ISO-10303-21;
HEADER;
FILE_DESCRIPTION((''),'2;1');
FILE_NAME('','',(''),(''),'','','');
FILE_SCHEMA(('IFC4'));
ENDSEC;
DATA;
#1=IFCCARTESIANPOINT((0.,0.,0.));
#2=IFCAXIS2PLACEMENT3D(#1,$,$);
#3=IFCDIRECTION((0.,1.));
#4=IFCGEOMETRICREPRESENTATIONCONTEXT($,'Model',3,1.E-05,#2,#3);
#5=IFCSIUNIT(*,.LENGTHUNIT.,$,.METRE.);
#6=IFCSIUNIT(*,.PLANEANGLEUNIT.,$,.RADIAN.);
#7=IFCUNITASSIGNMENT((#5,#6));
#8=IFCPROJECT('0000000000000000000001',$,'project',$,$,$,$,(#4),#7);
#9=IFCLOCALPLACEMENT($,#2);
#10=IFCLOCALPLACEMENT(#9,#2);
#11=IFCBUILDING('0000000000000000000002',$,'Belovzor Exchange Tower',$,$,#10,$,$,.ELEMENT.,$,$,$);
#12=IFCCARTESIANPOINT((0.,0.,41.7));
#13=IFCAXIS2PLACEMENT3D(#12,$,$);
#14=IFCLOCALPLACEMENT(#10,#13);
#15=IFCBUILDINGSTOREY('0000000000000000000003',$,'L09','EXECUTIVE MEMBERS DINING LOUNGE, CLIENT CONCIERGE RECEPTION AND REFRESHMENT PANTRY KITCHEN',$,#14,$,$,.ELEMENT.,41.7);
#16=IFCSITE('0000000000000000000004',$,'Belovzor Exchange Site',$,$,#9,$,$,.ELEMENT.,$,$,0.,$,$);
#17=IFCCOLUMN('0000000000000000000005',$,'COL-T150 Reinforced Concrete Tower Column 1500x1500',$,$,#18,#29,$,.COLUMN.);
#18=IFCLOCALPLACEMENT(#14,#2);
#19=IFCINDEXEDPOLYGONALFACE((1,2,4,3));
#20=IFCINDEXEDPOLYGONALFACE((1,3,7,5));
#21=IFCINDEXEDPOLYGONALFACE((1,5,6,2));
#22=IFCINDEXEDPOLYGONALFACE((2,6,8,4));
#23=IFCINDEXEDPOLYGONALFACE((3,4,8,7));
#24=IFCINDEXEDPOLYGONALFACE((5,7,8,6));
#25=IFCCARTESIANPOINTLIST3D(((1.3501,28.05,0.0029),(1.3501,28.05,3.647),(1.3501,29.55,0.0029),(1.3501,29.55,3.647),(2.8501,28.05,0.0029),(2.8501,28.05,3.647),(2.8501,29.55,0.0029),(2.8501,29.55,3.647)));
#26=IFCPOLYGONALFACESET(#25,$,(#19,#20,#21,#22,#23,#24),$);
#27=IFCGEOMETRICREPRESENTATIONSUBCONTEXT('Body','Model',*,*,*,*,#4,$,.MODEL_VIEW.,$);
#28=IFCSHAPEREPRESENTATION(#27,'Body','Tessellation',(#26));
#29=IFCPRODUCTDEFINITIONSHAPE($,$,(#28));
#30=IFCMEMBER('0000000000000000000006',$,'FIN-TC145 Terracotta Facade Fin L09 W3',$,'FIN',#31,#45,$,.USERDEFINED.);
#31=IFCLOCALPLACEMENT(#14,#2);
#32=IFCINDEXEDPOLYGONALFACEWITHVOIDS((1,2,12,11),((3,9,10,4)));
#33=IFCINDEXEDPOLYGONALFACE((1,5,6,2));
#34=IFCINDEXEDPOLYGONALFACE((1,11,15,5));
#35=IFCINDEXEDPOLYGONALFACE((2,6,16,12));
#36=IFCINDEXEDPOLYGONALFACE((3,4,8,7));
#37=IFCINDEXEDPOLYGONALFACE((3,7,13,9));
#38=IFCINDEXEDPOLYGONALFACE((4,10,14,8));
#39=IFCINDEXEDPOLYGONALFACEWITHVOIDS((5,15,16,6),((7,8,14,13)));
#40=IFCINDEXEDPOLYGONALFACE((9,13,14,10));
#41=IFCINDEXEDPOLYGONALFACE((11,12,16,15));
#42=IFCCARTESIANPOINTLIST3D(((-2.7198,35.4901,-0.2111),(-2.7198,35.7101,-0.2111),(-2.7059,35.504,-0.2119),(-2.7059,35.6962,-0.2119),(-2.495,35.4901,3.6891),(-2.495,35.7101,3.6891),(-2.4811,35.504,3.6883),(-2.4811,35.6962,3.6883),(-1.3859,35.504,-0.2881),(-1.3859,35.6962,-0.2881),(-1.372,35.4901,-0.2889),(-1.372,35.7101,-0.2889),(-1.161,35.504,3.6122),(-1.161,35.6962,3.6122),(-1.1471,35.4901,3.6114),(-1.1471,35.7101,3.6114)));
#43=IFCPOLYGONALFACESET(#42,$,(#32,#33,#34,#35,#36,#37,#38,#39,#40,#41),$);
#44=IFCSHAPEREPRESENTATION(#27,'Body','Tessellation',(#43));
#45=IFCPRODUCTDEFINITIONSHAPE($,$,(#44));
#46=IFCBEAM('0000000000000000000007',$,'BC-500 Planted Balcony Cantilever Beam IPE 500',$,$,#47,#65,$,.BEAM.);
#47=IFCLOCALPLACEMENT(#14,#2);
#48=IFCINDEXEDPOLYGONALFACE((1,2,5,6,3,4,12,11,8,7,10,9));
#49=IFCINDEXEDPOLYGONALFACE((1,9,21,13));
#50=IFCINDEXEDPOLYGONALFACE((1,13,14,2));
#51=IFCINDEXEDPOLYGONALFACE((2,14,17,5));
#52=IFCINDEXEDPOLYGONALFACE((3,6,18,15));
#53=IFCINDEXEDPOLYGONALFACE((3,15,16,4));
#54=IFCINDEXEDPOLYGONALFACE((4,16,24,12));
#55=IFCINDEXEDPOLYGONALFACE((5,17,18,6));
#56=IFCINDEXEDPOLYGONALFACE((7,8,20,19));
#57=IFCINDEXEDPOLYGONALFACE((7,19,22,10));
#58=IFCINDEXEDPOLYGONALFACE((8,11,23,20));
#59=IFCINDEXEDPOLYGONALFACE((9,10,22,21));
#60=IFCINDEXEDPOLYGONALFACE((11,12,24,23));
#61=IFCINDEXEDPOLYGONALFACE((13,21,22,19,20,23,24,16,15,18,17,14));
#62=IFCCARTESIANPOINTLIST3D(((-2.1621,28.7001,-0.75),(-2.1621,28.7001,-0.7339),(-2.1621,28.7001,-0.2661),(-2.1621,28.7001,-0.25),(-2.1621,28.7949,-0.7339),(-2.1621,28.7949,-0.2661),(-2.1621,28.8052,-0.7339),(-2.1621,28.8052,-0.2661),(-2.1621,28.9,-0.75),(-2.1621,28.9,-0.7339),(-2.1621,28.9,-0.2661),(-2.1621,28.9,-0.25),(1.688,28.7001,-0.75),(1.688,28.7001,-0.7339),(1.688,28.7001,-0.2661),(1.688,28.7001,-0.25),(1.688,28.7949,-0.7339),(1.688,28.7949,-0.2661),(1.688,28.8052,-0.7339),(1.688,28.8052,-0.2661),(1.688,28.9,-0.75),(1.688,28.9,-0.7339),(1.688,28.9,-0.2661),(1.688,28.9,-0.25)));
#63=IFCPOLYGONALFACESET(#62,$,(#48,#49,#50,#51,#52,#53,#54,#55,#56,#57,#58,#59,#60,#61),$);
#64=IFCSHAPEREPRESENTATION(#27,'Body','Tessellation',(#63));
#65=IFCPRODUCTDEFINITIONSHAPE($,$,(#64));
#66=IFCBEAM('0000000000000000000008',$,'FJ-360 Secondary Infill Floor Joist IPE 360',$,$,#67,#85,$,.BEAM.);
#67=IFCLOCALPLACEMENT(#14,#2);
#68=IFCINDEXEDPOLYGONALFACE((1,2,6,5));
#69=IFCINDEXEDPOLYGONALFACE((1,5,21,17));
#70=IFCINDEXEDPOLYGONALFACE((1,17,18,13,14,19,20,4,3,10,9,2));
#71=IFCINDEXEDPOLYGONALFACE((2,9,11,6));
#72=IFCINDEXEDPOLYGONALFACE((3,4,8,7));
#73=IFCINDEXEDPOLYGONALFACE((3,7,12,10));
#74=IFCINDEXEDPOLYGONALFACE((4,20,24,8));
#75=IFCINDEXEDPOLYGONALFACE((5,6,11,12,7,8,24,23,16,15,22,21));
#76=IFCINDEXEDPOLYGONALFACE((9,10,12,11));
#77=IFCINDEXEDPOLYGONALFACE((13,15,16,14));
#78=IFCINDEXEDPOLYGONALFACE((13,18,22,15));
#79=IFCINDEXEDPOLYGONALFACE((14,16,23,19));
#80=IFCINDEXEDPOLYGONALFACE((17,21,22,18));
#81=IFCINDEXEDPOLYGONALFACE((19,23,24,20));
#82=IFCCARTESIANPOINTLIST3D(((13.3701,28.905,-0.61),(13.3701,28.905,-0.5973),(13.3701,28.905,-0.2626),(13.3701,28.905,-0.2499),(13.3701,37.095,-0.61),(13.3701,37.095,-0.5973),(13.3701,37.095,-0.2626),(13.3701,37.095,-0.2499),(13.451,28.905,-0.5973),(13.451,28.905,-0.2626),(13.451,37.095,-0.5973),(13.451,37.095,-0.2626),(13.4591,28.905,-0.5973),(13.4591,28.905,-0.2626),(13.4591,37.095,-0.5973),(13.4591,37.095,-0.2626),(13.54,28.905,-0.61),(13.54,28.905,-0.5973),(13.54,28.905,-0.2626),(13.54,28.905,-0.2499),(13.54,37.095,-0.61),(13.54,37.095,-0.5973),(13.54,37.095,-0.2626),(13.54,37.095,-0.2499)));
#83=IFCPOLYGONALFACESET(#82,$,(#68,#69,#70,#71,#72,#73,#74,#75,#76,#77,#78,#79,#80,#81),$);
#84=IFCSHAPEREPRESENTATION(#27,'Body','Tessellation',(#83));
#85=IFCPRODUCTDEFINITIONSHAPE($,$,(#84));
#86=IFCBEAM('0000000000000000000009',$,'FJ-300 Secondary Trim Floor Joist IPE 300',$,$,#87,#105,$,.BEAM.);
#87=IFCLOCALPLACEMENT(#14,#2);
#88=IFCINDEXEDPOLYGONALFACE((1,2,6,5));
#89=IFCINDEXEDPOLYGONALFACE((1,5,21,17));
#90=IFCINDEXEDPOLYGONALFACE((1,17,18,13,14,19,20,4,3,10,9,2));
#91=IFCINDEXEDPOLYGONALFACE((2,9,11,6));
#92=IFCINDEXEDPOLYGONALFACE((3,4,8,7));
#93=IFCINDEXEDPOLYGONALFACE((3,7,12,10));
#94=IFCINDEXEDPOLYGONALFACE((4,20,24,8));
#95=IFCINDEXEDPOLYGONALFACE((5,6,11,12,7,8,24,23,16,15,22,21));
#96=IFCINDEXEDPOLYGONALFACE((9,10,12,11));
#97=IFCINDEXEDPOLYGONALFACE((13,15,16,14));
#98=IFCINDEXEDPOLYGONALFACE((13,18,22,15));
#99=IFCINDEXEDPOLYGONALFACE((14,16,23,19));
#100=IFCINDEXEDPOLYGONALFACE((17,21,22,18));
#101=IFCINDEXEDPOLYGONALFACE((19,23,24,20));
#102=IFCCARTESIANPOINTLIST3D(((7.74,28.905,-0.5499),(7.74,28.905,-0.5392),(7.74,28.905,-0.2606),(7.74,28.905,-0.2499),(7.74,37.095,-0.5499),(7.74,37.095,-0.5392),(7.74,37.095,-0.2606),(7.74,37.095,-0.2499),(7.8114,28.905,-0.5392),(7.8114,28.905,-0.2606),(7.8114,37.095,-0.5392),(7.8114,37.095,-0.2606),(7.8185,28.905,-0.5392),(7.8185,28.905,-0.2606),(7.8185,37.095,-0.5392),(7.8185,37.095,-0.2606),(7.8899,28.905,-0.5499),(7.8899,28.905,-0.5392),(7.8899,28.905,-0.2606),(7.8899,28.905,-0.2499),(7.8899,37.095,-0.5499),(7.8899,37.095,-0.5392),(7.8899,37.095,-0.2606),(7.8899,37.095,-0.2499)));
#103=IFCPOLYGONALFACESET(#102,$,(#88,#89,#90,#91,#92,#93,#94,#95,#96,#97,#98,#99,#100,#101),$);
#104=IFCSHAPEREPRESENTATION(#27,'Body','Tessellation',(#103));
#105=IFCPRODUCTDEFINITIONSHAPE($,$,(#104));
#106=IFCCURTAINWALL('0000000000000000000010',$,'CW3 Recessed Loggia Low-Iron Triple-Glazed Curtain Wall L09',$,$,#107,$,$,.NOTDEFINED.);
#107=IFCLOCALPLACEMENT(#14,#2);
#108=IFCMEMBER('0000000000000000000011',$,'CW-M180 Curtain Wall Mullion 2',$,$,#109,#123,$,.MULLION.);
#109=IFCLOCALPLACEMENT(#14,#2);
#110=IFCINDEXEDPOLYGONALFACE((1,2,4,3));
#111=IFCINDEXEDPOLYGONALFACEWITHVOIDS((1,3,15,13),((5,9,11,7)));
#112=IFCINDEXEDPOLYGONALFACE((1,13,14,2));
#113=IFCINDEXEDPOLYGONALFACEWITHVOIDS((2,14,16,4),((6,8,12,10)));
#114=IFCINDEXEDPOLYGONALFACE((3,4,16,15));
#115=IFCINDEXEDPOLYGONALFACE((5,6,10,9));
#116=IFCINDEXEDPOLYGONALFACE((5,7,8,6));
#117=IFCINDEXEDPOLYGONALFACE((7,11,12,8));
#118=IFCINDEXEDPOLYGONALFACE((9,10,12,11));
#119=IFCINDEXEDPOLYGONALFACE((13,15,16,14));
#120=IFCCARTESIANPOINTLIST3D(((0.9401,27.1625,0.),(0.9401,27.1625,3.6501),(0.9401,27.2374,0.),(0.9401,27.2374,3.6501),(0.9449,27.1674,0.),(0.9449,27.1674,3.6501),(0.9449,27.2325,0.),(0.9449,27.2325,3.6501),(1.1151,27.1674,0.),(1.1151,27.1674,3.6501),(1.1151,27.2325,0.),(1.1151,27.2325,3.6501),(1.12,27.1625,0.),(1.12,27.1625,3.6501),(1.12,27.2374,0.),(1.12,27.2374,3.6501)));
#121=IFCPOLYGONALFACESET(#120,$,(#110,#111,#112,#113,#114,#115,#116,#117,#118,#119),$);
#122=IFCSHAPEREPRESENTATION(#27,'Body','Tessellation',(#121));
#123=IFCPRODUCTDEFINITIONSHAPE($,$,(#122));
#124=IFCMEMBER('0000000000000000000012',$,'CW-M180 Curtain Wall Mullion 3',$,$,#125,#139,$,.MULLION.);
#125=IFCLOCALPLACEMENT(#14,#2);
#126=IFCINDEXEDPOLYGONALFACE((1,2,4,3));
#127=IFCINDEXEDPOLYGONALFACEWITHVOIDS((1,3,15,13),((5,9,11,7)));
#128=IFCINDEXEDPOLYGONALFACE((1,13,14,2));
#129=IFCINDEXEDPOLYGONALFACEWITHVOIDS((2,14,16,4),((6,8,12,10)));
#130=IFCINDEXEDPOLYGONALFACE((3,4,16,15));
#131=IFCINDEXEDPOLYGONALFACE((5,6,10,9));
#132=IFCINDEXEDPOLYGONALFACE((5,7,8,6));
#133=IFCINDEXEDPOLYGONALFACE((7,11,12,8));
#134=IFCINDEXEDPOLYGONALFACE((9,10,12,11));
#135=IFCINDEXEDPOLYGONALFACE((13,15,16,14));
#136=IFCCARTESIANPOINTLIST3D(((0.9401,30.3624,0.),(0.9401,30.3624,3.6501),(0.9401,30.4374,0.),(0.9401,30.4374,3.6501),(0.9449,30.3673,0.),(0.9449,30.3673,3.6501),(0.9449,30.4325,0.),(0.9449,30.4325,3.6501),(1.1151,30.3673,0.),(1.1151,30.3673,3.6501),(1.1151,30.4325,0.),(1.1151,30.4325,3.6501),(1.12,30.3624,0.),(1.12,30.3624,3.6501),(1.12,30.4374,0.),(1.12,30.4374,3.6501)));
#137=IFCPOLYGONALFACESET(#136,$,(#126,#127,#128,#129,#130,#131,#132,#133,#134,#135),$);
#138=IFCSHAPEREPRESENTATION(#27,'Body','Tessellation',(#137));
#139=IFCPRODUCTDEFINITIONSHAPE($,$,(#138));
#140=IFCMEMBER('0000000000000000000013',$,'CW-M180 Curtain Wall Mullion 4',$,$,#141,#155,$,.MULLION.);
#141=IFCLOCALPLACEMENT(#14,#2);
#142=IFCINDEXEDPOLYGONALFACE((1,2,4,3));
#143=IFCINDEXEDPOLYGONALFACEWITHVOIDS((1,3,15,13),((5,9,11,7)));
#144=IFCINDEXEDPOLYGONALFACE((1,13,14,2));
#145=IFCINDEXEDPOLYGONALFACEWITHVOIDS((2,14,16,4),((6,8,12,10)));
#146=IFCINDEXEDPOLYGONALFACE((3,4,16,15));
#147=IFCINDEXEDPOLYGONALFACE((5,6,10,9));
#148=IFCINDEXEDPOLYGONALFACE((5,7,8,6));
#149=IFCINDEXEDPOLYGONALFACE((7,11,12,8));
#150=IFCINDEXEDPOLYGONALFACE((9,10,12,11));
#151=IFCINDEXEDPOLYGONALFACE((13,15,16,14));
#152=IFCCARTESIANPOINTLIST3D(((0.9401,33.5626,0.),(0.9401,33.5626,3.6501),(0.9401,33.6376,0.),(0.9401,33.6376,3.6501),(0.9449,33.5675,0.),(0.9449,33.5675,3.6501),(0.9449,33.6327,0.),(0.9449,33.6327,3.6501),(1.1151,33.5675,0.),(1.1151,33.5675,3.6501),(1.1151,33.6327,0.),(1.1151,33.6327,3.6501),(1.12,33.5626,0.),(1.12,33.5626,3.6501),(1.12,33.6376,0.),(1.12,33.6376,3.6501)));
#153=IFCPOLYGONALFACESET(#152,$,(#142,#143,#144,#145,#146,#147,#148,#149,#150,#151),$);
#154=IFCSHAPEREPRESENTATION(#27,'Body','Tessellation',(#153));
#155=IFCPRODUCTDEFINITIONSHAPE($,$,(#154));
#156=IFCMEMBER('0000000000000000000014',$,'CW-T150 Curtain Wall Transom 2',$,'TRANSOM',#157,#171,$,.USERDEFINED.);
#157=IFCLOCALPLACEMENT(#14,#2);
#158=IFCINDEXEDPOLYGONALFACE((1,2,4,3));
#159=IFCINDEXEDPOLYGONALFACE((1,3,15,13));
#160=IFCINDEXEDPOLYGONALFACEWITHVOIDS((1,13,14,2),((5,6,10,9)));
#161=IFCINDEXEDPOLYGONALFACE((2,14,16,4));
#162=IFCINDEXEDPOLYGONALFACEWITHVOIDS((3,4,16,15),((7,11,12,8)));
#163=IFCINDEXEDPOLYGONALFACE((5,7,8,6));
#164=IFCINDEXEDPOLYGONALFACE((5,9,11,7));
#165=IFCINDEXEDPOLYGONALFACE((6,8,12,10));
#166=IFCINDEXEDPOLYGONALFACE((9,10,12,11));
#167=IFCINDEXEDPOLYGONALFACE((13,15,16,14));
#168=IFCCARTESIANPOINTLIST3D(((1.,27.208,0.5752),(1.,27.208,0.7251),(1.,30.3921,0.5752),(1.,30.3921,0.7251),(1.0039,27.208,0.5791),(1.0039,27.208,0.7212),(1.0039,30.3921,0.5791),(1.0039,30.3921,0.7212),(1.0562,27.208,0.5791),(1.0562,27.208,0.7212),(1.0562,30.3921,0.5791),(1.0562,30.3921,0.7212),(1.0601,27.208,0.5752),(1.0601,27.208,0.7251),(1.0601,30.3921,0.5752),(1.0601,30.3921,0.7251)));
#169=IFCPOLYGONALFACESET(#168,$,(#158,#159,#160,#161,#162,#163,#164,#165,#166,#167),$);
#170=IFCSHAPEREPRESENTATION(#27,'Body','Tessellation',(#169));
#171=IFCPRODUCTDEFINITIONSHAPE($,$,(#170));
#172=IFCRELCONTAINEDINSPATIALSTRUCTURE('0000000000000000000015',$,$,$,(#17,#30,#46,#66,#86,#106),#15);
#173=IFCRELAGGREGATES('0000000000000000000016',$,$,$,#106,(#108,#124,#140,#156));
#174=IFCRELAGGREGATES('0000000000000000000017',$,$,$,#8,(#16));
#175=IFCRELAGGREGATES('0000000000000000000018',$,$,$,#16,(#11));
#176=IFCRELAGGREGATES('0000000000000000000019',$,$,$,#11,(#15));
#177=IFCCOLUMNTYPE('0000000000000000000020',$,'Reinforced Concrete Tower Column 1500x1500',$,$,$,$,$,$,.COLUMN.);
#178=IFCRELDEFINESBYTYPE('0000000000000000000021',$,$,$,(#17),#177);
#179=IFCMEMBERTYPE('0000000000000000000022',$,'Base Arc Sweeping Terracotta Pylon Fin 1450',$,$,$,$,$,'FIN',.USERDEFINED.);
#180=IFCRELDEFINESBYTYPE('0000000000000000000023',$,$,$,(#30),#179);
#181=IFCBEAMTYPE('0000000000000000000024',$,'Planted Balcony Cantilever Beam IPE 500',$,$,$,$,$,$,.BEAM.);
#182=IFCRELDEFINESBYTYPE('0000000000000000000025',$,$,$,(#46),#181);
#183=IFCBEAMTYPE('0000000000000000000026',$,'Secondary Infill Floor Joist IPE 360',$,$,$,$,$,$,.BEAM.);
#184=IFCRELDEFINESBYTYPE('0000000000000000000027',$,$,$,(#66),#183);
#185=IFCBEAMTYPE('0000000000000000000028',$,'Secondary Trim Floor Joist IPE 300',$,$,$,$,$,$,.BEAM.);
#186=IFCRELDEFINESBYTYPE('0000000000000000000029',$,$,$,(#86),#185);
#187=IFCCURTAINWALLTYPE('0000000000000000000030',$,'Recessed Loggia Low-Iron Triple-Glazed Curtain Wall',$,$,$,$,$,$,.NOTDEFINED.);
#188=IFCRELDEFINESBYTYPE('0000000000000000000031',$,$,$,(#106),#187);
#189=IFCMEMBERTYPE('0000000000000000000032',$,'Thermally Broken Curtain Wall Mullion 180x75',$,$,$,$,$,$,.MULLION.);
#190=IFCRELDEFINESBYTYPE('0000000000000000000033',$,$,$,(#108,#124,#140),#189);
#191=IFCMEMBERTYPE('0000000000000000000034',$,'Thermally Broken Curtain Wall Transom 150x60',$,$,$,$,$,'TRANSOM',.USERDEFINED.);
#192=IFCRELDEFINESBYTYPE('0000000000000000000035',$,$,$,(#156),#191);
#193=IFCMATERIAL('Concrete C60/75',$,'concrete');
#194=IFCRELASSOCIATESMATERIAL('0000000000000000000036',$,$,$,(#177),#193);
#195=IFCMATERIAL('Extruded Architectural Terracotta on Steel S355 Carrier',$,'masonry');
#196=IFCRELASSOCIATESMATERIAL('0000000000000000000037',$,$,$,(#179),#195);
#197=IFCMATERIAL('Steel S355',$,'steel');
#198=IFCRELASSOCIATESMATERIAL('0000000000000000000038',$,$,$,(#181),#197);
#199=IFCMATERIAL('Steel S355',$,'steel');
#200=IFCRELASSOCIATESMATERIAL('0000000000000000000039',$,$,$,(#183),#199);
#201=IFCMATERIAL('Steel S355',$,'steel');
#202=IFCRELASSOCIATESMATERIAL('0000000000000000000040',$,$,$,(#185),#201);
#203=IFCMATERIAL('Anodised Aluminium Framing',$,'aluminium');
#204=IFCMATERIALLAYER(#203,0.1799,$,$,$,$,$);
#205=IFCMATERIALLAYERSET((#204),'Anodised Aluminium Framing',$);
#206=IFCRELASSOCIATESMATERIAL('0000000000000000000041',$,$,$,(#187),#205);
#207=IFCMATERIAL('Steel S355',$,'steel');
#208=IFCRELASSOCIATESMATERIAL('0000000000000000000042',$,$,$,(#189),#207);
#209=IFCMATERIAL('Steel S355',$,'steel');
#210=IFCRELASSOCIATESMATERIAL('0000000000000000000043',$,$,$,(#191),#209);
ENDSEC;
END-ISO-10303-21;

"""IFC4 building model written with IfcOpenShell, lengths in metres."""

from ifc_helpers import new_model, si_unit, direction, frame, origin, origin_2d, place, context, subcontext, project, spatial, rectangle, hollow_rectangle, i_section, extrude, material, layer, layer_set, material_profile, profile_set, type_object, element, aggregate, save


model = new_model("IFC4")

# Units and contexts
model_context = context("Model", 3, precision=1e-05, world=origin(), true_north=direction((0.0, 1.0)))
body_context = subcontext(model_context, "Body", "Model", "MODEL_VIEW")
ifc_project = project(units=[si_unit("LENGTHUNIT", "METRE"), si_unit("PLANEANGLEUNIT", "RADIAN")], contexts=[model_context])

# Site, building, storey
site_placement = place(None, origin())
site = spatial("IfcSite", under=ifc_project, at=site_placement, Name="Belovzor Exchange Site", CompositionType="ELEMENT", RefElevation=0.0)
building_placement = place(site_placement, origin())
building = spatial("IfcBuilding", under=site, at=building_placement, Name="Belovzor Exchange Tower", CompositionType="ELEMENT")
storey_placement = place(building_placement, frame((0.0, 0.0, 41.7)))
storey = spatial("IfcBuildingStorey", under=building, at=storey_placement, Name="L09", Description="EXECUTIVE MEMBERS DINING LOUNGE, CLIENT CONCIERGE RECEPTION AND REFRESHMENT PANTRY KITCHEN", CompositionType="ELEMENT", Elevation=41.7)

# Column
ifc_material_1 = material(Name="Concrete C60/75", Category="concrete")
ifc_material_profile_1 = material_profile(ifc_material_1, rectangle(XDim=1.5, YDim=1.5, at=origin_2d()))
ifc_profile_set_1 = profile_set([ifc_material_profile_1], Name="Concrete C60/75")
column_type = type_object("IfcColumnType", Name="Reinforced Concrete Tower Column 1500x1500", PredefinedType="COLUMN", material=ifc_profile_set_1)
column_placement = place(storey_placement, frame((2.1001, 28.8, 0.0029), z_axis=(0.0, 0.0, 1.0), x_axis=(1.0, 0.0, 0.0)))
element("IfcColumn", 1, at=column_placement, inside=storey, type_object=column_type, Name="COL-T150 Reinforced Concrete Tower Column 1500x1500", PredefinedType="COLUMN", context=body_context, shape_type="SweptSolid", body=[
    extrude(rectangle(XDim=1.5, YDim=1.5, at=origin_2d()), origin(), (0.0, 0.0, 1.0), 3.644),
])

# Member
ifc_material_2 = material(Name="Extruded Architectural Terracotta on Steel S355 Carrier", Category="masonry")
ifc_material_profile_2 = material_profile(ifc_material_2, hollow_rectangle(XDim=0.22, YDim=1.3501, WallThickness=0.0139, at=origin_2d()))
ifc_profile_set_2 = profile_set([ifc_material_profile_2], Name="Extruded Architectural Terracotta on Steel S355 Carrier")
member_type_1 = type_object("IfcMemberType", Name="Base Arc Sweeping Terracotta Pylon Fin 1450", ElementType="FIN", PredefinedType="USERDEFINED", material=ifc_profile_set_2)
member_1_placement = place(storey_placement, frame((-2.0459, 35.6001, -0.25), z_axis=(0.057557, 0.0, 0.998342), x_axis=(0.0, 1.0, 0.0)))
element("IfcMember", 2, at=member_1_placement, inside=storey, type_object=member_type_1, Name="FIN-TC145 Terracotta Facade Fin L09 W3", ObjectType="FIN", PredefinedType="USERDEFINED", context=body_context, shape_type="SweptSolid", body=[
    extrude(hollow_rectangle(XDim=0.22, YDim=1.3501, WallThickness=0.0139, at=origin_2d()), origin(), (0.0, 0.0, 1.0), 3.9067),
])

# Beams
ifc_material_3 = material(Name="Steel S355", Category="steel")
ifc_material_profile_3 = material_profile(ifc_material_3, i_section(OverallWidth=0.2, OverallDepth=0.5, WebThickness=0.0103, FlangeThickness=0.0161, at=origin_2d()))
ifc_profile_set_3 = profile_set([ifc_material_profile_3], Name="Steel S355")
beam_type_1 = type_object("IfcBeamType", Name="Planted Balcony Cantilever Beam IPE 500", PredefinedType="BEAM", material=ifc_profile_set_3)
beam_1_placement = place(storey_placement, frame((1.688, 28.8, -0.5), z_axis=(-1.0, 0.0, 0.0), x_axis=(0.0, -1.0, 0.0)))
element("IfcBeam", 3, at=beam_1_placement, inside=storey, type_object=beam_type_1, Name="BC-500 Planted Balcony Cantilever Beam IPE 500", PredefinedType="BEAM", context=body_context, shape_type="SweptSolid", body=[
    extrude(i_section(OverallWidth=0.2, OverallDepth=0.5, WebThickness=0.0103, FlangeThickness=0.0161, at=origin_2d()), origin(), (0.0, 0.0, 1.0), 3.8501),
])
ifc_material_4 = material(Name="Steel S355", Category="steel")
ifc_material_profile_4 = material_profile(ifc_material_4, i_section(OverallWidth=0.1699, OverallDepth=0.3601, WebThickness=0.0081, FlangeThickness=0.0127, at=origin_2d()))
ifc_profile_set_4 = profile_set([ifc_material_profile_4], Name="Steel S355")
beam_type_2 = type_object("IfcBeamType", Name="Secondary Infill Floor Joist IPE 360", PredefinedType="BEAM", material=ifc_profile_set_4)
beam_2_placement = place(storey_placement, frame((13.4551, 28.905, -0.4299), z_axis=(0.0, 1.0, 0.0), x_axis=(-1.0, 0.0, 0.0)))
element("IfcBeam", 4, at=beam_2_placement, inside=storey, type_object=beam_type_2, Name="FJ-360 Secondary Infill Floor Joist IPE 360", PredefinedType="BEAM", context=body_context, shape_type="SweptSolid", body=[
    extrude(i_section(OverallWidth=0.1699, OverallDepth=0.3601, WebThickness=0.0081, FlangeThickness=0.0127, at=origin_2d()), origin(), (0.0, 0.0, 1.0), 8.1899),
])
ifc_material_5 = material(Name="Steel S355", Category="steel")
ifc_material_profile_5 = material_profile(ifc_material_5, i_section(OverallWidth=0.1499, OverallDepth=0.3, WebThickness=0.0071, FlangeThickness=0.0107, at=origin_2d()))
ifc_profile_set_5 = profile_set([ifc_material_profile_5], Name="Steel S355")
beam_type_3 = type_object("IfcBeamType", Name="Secondary Trim Floor Joist IPE 300", PredefinedType="BEAM", material=ifc_profile_set_5)
beam_3_placement = place(storey_placement, frame((7.8149, 28.905, -0.3999), z_axis=(0.0, 1.0, 0.0), x_axis=(-1.0, 0.0, 0.0)))
element("IfcBeam", 5, at=beam_3_placement, inside=storey, type_object=beam_type_3, Name="FJ-300 Secondary Trim Floor Joist IPE 300", PredefinedType="BEAM", context=body_context, shape_type="SweptSolid", body=[
    extrude(i_section(OverallWidth=0.1499, OverallDepth=0.3, WebThickness=0.0071, FlangeThickness=0.0107, at=origin_2d()), origin(), (0.0, 0.0, 1.0), 8.1899),
])

# Curtain wall, members
ifc_material_6 = material(Name="Anodised Aluminium Framing", Category="aluminium")
ifc_layer_1 = layer(ifc_material_6, 0.1799)
ifc_layer_set_1 = layer_set([ifc_layer_1], Name="Anodised Aluminium Framing")
curtain_wall_type = type_object("IfcCurtainWallType", Name="Recessed Loggia Low-Iron Triple-Glazed Curtain Wall", PredefinedType="NOTDEFINED", material=ifc_layer_set_1)
curtain_wall_placement = place(storey_placement, origin())
curtain_wall = element("IfcCurtainWall", 6, at=curtain_wall_placement, inside=storey, type_object=curtain_wall_type, Name="CW3 Recessed Loggia Low-Iron Triple-Glazed Curtain Wall L09", PredefinedType="NOTDEFINED")
ifc_material_7 = material(Name="Steel S355", Category="steel")
ifc_material_profile_6 = material_profile(ifc_material_7, hollow_rectangle(XDim=0.075, YDim=0.1799, WallThickness=0.0049, at=origin_2d()))
ifc_profile_set_6 = profile_set([ifc_material_profile_6], Name="Steel S355")
member_type_2 = type_object("IfcMemberType", Name="Thermally Broken Curtain Wall Mullion 180x75", PredefinedType="MULLION", material=ifc_profile_set_6)
member_2_placement = place(storey_placement, frame((1.03, 27.2, 0.0), z_axis=(0.0, 0.0, 1.0), x_axis=(0.0, 1.0, 0.0)))
member_2 = element("IfcMember", 7, at=member_2_placement, type_object=member_type_2, Name="CW-M180 Curtain Wall Mullion 2", PredefinedType="MULLION", context=body_context, shape_type="SweptSolid", body=[
    extrude(hollow_rectangle(XDim=0.075, YDim=0.1799, WallThickness=0.0049, at=origin_2d()), origin(), (0.0, 0.0, 1.0), 3.6501),
])
member_3_placement = place(storey_placement, frame((1.03, 30.3999, 0.0), z_axis=(0.0, 0.0, 1.0), x_axis=(0.0, 1.0, 0.0)))
member_3 = element("IfcMember", 8, at=member_3_placement, type_object=member_type_2, Name="CW-M180 Curtain Wall Mullion 3", PredefinedType="MULLION", context=body_context, shape_type="SweptSolid", body=[
    extrude(hollow_rectangle(XDim=0.075, YDim=0.1799, WallThickness=0.0049, at=origin_2d()), origin(), (0.0, 0.0, 1.0), 3.6501),
])
member_4_placement = place(storey_placement, frame((1.03, 33.6001, 0.0), z_axis=(0.0, 0.0, 1.0), x_axis=(0.0, 1.0, 0.0)))
member_4 = element("IfcMember", 9, at=member_4_placement, type_object=member_type_2, Name="CW-M180 Curtain Wall Mullion 4", PredefinedType="MULLION", context=body_context, shape_type="SweptSolid", body=[
    extrude(hollow_rectangle(XDim=0.075, YDim=0.1799, WallThickness=0.0049, at=origin_2d()), origin(), (0.0, 0.0, 1.0), 3.6501),
])
ifc_material_8 = material(Name="Steel S355", Category="steel")
ifc_material_profile_7 = material_profile(ifc_material_8, hollow_rectangle(XDim=0.0601, YDim=0.1499, WallThickness=0.0039, at=origin_2d()))
ifc_profile_set_7 = profile_set([ifc_material_profile_7], Name="Steel S355")
member_type_3 = type_object("IfcMemberType", Name="Thermally Broken Curtain Wall Transom 150x60", ElementType="TRANSOM", PredefinedType="USERDEFINED", material=ifc_profile_set_7)
member_5_placement = place(storey_placement, frame((1.03, 27.208, 0.6501), z_axis=(0.0, 1.0, 0.0), x_axis=(-1.0, 0.0, 0.0)))
member_5 = element("IfcMember", 10, at=member_5_placement, type_object=member_type_3, Name="CW-T150 Curtain Wall Transom 2", ObjectType="TRANSOM", PredefinedType="USERDEFINED", context=body_context, shape_type="SweptSolid", body=[
    extrude(hollow_rectangle(XDim=0.0601, YDim=0.1499, WallThickness=0.0039, at=origin_2d()), origin(), (0.0, 0.0, 1.0), 3.1841),
])

aggregate(curtain_wall, [member_2, member_3, member_4, member_5])

save(model, "model.ifc")
